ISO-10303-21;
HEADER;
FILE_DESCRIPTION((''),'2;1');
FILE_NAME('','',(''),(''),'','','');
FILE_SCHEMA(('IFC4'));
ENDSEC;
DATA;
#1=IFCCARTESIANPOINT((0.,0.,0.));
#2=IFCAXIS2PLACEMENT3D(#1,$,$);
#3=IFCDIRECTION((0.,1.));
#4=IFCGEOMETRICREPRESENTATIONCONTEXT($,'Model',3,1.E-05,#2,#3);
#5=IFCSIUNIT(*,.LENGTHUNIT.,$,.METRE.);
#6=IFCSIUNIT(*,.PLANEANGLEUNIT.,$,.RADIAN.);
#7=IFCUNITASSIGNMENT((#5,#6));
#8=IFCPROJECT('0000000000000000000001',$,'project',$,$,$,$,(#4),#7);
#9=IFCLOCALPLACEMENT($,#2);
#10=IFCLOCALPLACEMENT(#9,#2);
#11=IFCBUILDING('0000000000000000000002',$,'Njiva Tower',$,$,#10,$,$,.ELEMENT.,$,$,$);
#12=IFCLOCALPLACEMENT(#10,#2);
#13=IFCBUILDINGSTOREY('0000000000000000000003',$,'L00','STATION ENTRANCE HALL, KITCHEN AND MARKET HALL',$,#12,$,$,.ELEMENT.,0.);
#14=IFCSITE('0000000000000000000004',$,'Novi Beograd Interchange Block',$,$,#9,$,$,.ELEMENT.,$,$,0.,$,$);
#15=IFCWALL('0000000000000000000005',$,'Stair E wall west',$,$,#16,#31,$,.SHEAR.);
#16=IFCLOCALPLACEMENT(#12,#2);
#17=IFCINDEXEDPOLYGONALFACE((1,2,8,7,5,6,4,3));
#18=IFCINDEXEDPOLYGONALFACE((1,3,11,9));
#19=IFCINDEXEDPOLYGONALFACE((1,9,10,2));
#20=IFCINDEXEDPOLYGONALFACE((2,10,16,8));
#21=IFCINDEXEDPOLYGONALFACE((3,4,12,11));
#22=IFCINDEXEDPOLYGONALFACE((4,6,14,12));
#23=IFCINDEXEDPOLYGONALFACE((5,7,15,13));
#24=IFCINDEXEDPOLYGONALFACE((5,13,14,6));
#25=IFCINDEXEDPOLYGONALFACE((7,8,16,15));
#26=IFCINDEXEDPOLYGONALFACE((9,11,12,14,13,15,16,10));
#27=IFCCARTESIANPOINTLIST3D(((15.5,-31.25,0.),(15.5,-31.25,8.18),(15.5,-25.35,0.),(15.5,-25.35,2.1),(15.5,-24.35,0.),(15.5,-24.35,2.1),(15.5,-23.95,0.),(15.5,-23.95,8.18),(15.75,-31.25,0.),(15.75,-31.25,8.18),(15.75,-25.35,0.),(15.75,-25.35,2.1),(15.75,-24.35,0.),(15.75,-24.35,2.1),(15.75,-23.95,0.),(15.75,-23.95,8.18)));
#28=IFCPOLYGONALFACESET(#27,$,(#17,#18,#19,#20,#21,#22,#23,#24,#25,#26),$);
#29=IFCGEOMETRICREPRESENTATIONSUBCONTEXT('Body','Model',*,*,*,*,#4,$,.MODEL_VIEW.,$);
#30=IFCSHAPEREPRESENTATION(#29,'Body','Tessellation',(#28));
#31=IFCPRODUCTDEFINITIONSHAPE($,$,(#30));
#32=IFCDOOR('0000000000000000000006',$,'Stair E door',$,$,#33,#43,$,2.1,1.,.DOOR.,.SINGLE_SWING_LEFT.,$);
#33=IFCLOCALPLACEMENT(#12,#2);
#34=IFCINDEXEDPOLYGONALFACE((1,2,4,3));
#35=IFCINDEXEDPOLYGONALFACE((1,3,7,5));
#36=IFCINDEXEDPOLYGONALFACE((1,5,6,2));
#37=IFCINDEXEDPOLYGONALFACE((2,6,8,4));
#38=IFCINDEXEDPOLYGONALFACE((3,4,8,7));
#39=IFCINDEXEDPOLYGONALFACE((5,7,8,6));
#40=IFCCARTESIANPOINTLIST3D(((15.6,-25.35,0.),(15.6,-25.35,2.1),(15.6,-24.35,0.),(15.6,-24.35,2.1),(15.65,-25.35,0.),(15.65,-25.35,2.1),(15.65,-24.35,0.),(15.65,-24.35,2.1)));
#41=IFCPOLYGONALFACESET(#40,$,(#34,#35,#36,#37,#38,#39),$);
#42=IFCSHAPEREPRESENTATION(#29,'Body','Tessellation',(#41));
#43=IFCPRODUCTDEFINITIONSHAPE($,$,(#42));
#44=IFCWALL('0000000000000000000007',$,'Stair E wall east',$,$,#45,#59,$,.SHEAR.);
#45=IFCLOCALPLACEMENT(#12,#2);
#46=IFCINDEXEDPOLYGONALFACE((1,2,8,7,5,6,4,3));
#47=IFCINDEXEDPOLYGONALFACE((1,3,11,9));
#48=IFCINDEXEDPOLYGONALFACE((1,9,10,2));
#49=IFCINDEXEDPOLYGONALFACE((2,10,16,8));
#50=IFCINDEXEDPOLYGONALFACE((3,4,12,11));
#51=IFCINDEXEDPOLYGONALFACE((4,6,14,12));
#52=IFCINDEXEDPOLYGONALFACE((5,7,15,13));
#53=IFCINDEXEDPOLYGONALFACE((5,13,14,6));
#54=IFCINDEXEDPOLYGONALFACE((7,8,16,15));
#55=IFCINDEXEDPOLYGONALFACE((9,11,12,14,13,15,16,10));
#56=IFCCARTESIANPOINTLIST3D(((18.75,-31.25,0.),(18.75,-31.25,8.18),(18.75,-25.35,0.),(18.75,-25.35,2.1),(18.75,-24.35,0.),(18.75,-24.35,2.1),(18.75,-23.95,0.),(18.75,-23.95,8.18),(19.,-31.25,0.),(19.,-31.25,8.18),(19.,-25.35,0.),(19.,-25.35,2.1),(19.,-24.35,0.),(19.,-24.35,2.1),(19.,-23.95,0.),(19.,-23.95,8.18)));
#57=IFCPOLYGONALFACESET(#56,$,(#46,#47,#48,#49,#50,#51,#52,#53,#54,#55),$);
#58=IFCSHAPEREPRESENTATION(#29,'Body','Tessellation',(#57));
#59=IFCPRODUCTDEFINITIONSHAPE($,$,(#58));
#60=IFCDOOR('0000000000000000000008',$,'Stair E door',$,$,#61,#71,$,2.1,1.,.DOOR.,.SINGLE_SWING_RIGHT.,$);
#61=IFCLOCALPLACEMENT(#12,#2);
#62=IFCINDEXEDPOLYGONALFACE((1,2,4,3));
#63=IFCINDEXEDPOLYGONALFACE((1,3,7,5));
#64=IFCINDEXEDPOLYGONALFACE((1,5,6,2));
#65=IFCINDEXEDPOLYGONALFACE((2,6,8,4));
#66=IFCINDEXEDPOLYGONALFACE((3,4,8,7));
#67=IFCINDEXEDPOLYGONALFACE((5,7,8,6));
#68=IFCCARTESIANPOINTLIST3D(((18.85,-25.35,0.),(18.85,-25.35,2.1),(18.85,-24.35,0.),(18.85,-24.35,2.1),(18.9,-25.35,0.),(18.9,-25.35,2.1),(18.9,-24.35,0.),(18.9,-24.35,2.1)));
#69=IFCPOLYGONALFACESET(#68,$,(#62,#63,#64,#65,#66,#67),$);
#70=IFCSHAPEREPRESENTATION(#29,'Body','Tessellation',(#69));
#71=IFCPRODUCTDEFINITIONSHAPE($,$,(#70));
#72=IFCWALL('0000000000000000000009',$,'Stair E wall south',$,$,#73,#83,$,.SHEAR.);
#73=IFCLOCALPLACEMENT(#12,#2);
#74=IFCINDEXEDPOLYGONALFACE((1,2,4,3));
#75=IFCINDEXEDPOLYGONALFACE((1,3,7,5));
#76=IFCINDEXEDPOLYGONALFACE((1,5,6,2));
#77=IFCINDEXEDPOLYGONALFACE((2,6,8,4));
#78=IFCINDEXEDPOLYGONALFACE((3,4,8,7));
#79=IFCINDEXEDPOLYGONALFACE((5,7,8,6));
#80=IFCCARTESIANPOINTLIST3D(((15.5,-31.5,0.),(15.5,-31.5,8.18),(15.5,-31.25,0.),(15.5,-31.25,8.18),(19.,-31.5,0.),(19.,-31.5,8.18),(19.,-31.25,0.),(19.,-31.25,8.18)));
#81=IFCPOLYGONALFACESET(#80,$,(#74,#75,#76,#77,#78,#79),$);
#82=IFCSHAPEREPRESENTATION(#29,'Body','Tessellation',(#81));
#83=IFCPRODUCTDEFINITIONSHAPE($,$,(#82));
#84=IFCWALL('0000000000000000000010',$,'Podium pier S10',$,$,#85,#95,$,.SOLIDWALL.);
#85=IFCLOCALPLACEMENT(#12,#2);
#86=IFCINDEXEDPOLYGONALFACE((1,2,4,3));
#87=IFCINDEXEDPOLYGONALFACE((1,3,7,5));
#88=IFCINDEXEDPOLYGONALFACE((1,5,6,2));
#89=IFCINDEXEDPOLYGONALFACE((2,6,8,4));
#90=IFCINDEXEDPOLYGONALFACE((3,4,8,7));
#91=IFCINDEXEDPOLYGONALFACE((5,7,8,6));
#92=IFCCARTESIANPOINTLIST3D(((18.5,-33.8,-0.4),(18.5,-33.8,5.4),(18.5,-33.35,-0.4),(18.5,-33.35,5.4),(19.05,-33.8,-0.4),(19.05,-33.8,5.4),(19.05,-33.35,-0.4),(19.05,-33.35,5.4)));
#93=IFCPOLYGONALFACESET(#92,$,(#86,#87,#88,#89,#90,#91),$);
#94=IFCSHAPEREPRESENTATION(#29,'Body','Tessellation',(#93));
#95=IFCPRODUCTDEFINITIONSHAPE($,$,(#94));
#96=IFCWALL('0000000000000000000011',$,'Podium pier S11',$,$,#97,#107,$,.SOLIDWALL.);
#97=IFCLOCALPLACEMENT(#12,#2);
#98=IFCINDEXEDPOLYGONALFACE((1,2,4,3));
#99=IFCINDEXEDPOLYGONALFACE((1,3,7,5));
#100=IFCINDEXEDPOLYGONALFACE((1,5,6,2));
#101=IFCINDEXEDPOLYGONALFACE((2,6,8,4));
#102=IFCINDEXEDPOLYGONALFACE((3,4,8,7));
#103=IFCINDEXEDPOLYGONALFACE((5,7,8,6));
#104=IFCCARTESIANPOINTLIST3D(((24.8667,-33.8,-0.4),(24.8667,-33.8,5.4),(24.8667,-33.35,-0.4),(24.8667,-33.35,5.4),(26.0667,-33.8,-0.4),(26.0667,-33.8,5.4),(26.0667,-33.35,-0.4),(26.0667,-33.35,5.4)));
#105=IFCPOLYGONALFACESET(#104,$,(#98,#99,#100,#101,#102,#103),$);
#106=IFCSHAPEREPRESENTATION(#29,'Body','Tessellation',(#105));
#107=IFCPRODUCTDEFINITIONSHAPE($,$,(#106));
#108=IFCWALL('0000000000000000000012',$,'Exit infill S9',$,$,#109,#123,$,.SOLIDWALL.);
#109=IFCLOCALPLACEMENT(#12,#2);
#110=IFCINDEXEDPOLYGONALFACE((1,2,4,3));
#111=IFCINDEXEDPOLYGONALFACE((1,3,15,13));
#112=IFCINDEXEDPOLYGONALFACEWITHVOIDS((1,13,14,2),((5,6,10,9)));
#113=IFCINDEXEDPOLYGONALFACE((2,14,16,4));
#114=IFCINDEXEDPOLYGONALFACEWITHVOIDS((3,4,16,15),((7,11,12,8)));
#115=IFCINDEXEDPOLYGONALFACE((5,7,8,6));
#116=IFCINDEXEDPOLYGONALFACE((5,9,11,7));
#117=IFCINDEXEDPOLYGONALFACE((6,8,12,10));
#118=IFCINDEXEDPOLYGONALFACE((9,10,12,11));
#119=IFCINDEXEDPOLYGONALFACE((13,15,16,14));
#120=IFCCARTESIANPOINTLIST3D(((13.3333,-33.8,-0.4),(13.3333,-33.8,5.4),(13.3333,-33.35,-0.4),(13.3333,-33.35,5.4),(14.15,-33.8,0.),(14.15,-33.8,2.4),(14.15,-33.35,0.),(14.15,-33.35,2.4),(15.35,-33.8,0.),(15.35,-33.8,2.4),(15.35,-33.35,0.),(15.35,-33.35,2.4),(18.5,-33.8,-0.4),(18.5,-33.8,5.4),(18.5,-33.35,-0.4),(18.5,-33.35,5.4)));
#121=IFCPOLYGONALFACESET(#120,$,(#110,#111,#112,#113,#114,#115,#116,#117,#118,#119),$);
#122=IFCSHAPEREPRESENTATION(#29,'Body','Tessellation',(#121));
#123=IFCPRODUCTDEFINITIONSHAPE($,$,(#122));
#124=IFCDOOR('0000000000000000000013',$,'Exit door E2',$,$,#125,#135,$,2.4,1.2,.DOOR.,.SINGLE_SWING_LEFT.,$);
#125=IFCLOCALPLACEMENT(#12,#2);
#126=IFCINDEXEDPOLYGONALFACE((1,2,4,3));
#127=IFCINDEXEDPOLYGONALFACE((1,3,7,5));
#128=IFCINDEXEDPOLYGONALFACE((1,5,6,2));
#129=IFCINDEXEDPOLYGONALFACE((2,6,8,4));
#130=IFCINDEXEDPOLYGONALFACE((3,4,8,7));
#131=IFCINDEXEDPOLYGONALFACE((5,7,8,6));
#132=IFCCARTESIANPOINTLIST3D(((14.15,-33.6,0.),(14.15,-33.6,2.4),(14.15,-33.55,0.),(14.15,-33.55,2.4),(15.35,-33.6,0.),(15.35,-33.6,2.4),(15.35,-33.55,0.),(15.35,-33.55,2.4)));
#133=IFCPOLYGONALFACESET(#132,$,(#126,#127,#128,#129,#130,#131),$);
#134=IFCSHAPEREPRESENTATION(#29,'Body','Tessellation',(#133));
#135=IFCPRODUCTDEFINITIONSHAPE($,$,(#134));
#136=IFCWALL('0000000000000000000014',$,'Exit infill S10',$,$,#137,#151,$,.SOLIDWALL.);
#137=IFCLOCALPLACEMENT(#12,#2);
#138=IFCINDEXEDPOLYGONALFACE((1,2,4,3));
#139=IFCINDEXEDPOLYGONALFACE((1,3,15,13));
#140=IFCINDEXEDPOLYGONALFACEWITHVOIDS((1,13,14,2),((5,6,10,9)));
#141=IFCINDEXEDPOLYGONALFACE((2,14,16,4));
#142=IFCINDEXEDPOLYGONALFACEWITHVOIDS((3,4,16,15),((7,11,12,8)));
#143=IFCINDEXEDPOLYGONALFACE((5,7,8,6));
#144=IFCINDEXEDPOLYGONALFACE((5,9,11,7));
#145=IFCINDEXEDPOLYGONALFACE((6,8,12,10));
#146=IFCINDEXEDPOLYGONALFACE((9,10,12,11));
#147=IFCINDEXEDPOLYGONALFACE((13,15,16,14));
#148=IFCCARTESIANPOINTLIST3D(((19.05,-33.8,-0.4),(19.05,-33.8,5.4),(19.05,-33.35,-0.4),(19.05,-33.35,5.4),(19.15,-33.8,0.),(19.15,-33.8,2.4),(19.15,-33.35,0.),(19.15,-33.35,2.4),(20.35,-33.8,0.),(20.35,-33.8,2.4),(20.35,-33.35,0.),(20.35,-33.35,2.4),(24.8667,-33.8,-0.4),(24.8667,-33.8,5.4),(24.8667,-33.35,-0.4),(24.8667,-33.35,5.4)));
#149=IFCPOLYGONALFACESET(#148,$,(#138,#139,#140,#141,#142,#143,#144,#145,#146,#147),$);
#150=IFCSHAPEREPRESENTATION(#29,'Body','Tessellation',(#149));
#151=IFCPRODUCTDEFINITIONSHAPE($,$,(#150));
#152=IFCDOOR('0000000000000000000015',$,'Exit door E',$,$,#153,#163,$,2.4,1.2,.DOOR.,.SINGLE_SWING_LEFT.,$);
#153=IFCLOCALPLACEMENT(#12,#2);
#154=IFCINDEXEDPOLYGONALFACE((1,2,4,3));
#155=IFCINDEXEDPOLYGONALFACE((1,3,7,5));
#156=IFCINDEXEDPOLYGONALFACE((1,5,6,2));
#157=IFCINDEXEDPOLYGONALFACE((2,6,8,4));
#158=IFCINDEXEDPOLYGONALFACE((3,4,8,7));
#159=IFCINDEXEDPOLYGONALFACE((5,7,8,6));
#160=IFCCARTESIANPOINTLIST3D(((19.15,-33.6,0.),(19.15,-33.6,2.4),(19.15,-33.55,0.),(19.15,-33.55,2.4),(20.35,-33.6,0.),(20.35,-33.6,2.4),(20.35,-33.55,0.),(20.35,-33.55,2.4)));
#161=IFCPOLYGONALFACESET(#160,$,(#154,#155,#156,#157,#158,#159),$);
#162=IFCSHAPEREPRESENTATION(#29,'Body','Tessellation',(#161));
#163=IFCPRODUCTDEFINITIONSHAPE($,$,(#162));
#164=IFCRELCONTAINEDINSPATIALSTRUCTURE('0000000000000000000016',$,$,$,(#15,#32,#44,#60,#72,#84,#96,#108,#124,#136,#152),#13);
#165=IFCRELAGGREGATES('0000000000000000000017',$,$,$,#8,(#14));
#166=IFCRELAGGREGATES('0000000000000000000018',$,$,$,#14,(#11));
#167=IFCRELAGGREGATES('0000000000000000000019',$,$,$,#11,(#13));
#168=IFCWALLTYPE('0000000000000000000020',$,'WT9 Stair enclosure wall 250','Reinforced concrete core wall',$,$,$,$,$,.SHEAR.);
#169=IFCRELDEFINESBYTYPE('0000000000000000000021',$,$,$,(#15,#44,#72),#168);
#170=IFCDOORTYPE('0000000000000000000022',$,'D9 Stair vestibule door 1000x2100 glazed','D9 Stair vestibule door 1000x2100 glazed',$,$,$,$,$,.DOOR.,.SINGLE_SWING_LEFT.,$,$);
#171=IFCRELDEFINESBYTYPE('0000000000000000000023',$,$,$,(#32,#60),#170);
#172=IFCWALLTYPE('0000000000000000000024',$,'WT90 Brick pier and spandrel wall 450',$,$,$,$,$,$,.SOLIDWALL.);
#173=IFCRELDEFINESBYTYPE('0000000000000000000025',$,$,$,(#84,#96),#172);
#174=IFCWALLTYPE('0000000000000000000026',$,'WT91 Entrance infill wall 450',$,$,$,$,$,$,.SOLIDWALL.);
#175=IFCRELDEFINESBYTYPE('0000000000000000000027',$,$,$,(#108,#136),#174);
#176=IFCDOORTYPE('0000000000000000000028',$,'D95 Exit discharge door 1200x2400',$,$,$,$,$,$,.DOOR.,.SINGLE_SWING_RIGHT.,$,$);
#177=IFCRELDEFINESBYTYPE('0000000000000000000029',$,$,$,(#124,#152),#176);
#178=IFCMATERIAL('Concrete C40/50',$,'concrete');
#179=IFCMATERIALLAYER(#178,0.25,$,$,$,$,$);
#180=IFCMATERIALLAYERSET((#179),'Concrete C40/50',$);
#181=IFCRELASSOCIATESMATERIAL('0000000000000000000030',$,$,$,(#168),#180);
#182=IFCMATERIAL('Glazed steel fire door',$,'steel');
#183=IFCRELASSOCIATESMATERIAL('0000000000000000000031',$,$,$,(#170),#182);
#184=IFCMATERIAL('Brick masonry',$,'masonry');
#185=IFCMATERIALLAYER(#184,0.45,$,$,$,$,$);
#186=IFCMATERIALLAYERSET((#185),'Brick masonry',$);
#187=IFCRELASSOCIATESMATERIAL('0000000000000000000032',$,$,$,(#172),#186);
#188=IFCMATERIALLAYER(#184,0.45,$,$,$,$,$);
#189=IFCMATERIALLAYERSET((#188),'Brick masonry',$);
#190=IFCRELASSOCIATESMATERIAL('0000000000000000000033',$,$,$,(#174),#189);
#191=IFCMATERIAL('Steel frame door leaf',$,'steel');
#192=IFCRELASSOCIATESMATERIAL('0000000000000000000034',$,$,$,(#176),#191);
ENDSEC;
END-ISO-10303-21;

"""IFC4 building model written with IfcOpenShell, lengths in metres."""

from ifc_helpers import new_model, si_unit, direction, frame, frame_2d, origin, place, context, subcontext, project, spatial, polyline, rectangle, outline, extrude, material, layer, layer_set, type_object, element, fill, save


model = new_model("IFC4")

# Units and contexts
model_context = context("Model", 3, precision=1e-05, world=origin(), true_north=direction((0.0, 1.0)))
body_context = subcontext(model_context, "Body", "Model", "MODEL_VIEW")
ifc_project = project(units=[si_unit("LENGTHUNIT", "METRE"), si_unit("PLANEANGLEUNIT", "RADIAN")], contexts=[model_context])

# Site, building, storey
site_placement = place(None, origin())
site = spatial("IfcSite", under=ifc_project, at=site_placement, Name="Novi Beograd Interchange Block", CompositionType="ELEMENT", RefElevation=0.0)
building_placement = place(site_placement, origin())
building = spatial("IfcBuilding", under=site, at=building_placement, Name="Njiva Tower", CompositionType="ELEMENT")
storey_placement = place(building_placement, origin())
storey = spatial("IfcBuildingStorey", under=building, at=storey_placement, Name="L00", Description="STATION ENTRANCE HALL, KITCHEN AND MARKET HALL", CompositionType="ELEMENT", Elevation=0.0)

# Shared definitions
ifc_material_1 = material(Name="Glazed steel fire door", Category="steel")

# Walls, openings, doors
ifc_material_2 = material(Name="Concrete C40/50", Category="concrete")
ifc_layer_1 = layer(ifc_material_2, 0.25)
ifc_layer_set_1 = layer_set([ifc_layer_1], Name="Concrete C40/50")
wall_type_1 = type_object("IfcWallType", Name="WT9 Stair enclosure wall 250", Description="Reinforced concrete core wall", PredefinedType="SHEAR", material=ifc_layer_set_1)
wall_1_placement = place(storey_placement, frame((15.625, -31.25, 0.0), z_axis=(0.0, 0.0, 1.0), x_axis=(0.0, 1.0, 0.0)))
wall_1 = element("IfcWall", 1, at=wall_1_placement, inside=storey, type_object=wall_type_1, Name="Stair E wall west", PredefinedType="SHEAR", context=body_context, shape_type="SweptSolid", body=[
    extrude(rectangle(XDim=7.3, YDim=0.25, at=frame_2d((3.65, 0.0))), origin(), (0.0, 0.0, 1.0), 8.18),
])
opening_1_placement = place(wall_1_placement, frame((5.9, 0.0, 0.0)))
opening_1 = element("IfcOpeningElement", 2, at=opening_1_placement, cuts=wall_1, PredefinedType="OPENING", context=body_context, shape_type="SweptSolid", body=[
    extrude(rectangle(XDim=1.0, YDim=2.1, at=frame_2d((0.5, 1.05))), frame((0.0, 0.135, 0.0), z_axis=(0.0, -1.0, 0.0), x_axis=(1.0, 0.0, 0.0)), (0.0, 0.0, 1.0), 0.27),
])
door_type_1 = type_object("IfcDoorType", Name="D9 Stair vestibule door 1000x2100 glazed", Description="D9 Stair vestibule door 1000x2100 glazed", OperationType="SINGLE_SWING_LEFT", PredefinedType="DOOR", material=ifc_material_1)
door_1_placement = place(opening_1_placement, origin())
door_1 = element("IfcDoor", 3, at=door_1_placement, inside=storey, type_object=door_type_1, Name="Stair E door", OperationType="SINGLE_SWING_LEFT", OverallHeight=2.1, OverallWidth=1.0, PredefinedType="DOOR", context=body_context, shape_type="SweptSolid", body=[
    extrude(rectangle(XDim=1.0, YDim=2.1, at=frame_2d((0.5, 1.05))), frame((0.0, 0.025, 0.0), z_axis=(0.0, -1.0, 0.0), x_axis=(1.0, 0.0, 0.0)), (0.0, 0.0, 1.0), 0.05),
])
fill(opening_1, door_1)
wall_2_placement = place(storey_placement, frame((18.875, -31.25, 0.0), z_axis=(0.0, 0.0, 1.0), x_axis=(0.0, 1.0, 0.0)))
wall_2 = element("IfcWall", 4, at=wall_2_placement, inside=storey, type_object=wall_type_1, Name="Stair E wall east", PredefinedType="SHEAR", context=body_context, shape_type="SweptSolid", body=[
    extrude(rectangle(XDim=7.3, YDim=0.25, at=frame_2d((3.65, 0.0))), origin(), (0.0, 0.0, 1.0), 8.18),
])
opening_2_placement = place(wall_2_placement, frame((5.9, 0.0, 0.0)))
opening_2 = element("IfcOpeningElement", 5, at=opening_2_placement, cuts=wall_2, PredefinedType="OPENING", context=body_context, shape_type="SweptSolid", body=[
    extrude(rectangle(XDim=1.0, YDim=2.1, at=frame_2d((0.5, 1.05))), frame((0.0, 0.135, 0.0), z_axis=(0.0, -1.0, 0.0), x_axis=(1.0, 0.0, 0.0)), (0.0, 0.0, 1.0), 0.27),
])
door_2_placement = place(opening_2_placement, origin())
door_2 = element("IfcDoor", 6, at=door_2_placement, inside=storey, type_object=door_type_1, Name="Stair E door", OperationType="SINGLE_SWING_RIGHT", OverallHeight=2.1, OverallWidth=1.0, PredefinedType="DOOR", context=body_context, shape_type="SweptSolid", body=[
    extrude(rectangle(XDim=1.0, YDim=2.1, at=frame_2d((0.5, 1.05))), frame((0.0, 0.025, 0.0), z_axis=(0.0, -1.0, 0.0), x_axis=(1.0, 0.0, 0.0)), (0.0, 0.0, 1.0), 0.05),
])
fill(opening_2, door_2)

# Walls
wall_3_placement = place(storey_placement, frame((15.5, -31.375, 0.0), z_axis=(0.0, 0.0, 1.0), x_axis=(1.0, 0.0, 0.0)))
element("IfcWall", 7, at=wall_3_placement, inside=storey, type_object=wall_type_1, Name="Stair E wall south", PredefinedType="SHEAR", context=body_context, shape_type="SweptSolid", body=[
    extrude(rectangle(XDim=3.5, YDim=0.25, at=frame_2d((1.75, 0.0))), origin(), (0.0, 0.0, 1.0), 8.18),
])
ifc_material_3 = material(Name="Brick masonry", Category="masonry")
ifc_layer_2 = layer(ifc_material_3, 0.45)
ifc_layer_set_2 = layer_set([ifc_layer_2], Name="Brick masonry")
wall_type_2 = type_object("IfcWallType", Name="WT90 Brick pier and spandrel wall 450", PredefinedType="SOLIDWALL", material=ifc_layer_set_2)
wall_4_placement = place(storey_placement, frame((18.5, -33.575, -0.4), z_axis=(0.0, 0.0, 1.0), x_axis=(1.0, 0.0, 0.0)))
element("IfcWall", 8, at=wall_4_placement, inside=storey, type_object=wall_type_2, Name="Podium pier S10", PredefinedType="SOLIDWALL", context=body_context, shape_type="SweptSolid", body=[
    extrude(outline(polyline([(0.0, -0.225), (0.55, -0.225), (0.55, 0.225), (0.0, 0.225), (0.0, -0.225)])), origin(), (0.0, 0.0, 1.0), 5.8),
])
wall_5_placement = place(storey_placement, frame((24.8667, -33.575, -0.4), z_axis=(0.0, 0.0, 1.0), x_axis=(1.0, 0.0, 0.0)))
element("IfcWall", 9, at=wall_5_placement, inside=storey, type_object=wall_type_2, Name="Podium pier S11", PredefinedType="SOLIDWALL", context=body_context, shape_type="SweptSolid", body=[
    extrude(outline(polyline([(0.0, -0.225), (1.2, -0.225), (1.2, 0.225), (0.0, 0.225), (0.0, -0.225)])), origin(), (0.0, 0.0, 1.0), 5.8),
])

# Walls, openings, doors
ifc_layer_3 = layer(ifc_material_3, 0.45)
ifc_layer_set_3 = layer_set([ifc_layer_3], Name="Brick masonry")
wall_type_3 = type_object("IfcWallType", Name="WT91 Entrance infill wall 450", PredefinedType="SOLIDWALL", material=ifc_layer_set_3)
wall_6_placement = place(storey_placement, frame((13.3333, -33.575, -0.4), z_axis=(0.0, 0.0, 1.0), x_axis=(1.0, 0.0, 0.0)))
wall_6 = element("IfcWall", 10, at=wall_6_placement, inside=storey, type_object=wall_type_3, Name="Exit infill S9", PredefinedType="SOLIDWALL", context=body_context, shape_type="SweptSolid", body=[
    extrude(outline(polyline([(0.0, -0.225), (5.1667, -0.225), (5.1667, 0.225), (0.0, 0.225), (0.0, -0.225)])), origin(), (0.0, 0.0, 1.0), 5.8),
])
opening_3_placement = place(wall_6_placement, frame((0.8167, 0.0, 0.4)))
opening_3 = element("IfcOpeningElement", 11, at=opening_3_placement, cuts=wall_6, PredefinedType="OPENING", context=body_context, shape_type="SweptSolid", body=[
    extrude(rectangle(XDim=1.2, YDim=2.4, at=frame_2d((0.6, 1.2))), frame((0.0, 0.235, 0.0), z_axis=(0.0, -1.0, 0.0), x_axis=(1.0, 0.0, 0.0)), (0.0, 0.0, 1.0), 0.47),
])
ifc_material_4 = material(Name="Steel frame door leaf", Category="steel")
door_type_2 = type_object("IfcDoorType", Name="D95 Exit discharge door 1200x2400", OperationType="SINGLE_SWING_RIGHT", PredefinedType="DOOR", material=ifc_material_4)
door_3_placement = place(opening_3_placement, frame((1.2, 0.0, 0.0), z_axis=(0.0, 0.0, 1.0), x_axis=(-1.0, 0.0, 0.0)))
door_3 = element("IfcDoor", 12, at=door_3_placement, inside=storey, type_object=door_type_2, Name="Exit door E2", OperationType="SINGLE_SWING_LEFT", OverallHeight=2.4, OverallWidth=1.2, PredefinedType="DOOR", context=body_context, shape_type="SweptSolid", body=[
    extrude(rectangle(XDim=1.2, YDim=2.4, at=frame_2d((0.6, 1.2))), frame((0.0, 0.025, 0.0), z_axis=(0.0, -1.0, 0.0), x_axis=(1.0, 0.0, 0.0)), (0.0, 0.0, 1.0), 0.05),
])
fill(opening_3, door_3)
wall_7_placement = place(storey_placement, frame((19.05, -33.575, -0.4), z_axis=(0.0, 0.0, 1.0), x_axis=(1.0, 0.0, 0.0)))
wall_7 = element("IfcWall", 13, at=wall_7_placement, inside=storey, type_object=wall_type_3, Name="Exit infill S10", PredefinedType="SOLIDWALL", context=body_context, shape_type="SweptSolid", body=[
    extrude(outline(polyline([(0.0, -0.225), (5.8167, -0.225), (5.8167, 0.225), (0.0, 0.225), (0.0, -0.225)])), origin(), (0.0, 0.0, 1.0), 5.8),
])
opening_4_placement = place(wall_7_placement, frame((0.1, 0.0, 0.4)))
opening_4 = element("IfcOpeningElement", 14, at=opening_4_placement, cuts=wall_7, PredefinedType="OPENING", context=body_context, shape_type="SweptSolid", body=[
    extrude(rectangle(XDim=1.2, YDim=2.4, at=frame_2d((0.6, 1.2))), frame((0.0, 0.235, 0.0), z_axis=(0.0, -1.0, 0.0), x_axis=(1.0, 0.0, 0.0)), (0.0, 0.0, 1.0), 0.47),
])
door_4_placement = place(opening_4_placement, frame((1.2, 0.0, 0.0), z_axis=(0.0, 0.0, 1.0), x_axis=(-1.0, 0.0, 0.0)))
door_4 = element("IfcDoor", 15, at=door_4_placement, inside=storey, type_object=door_type_2, Name="Exit door E", OperationType="SINGLE_SWING_LEFT", OverallHeight=2.4, OverallWidth=1.2, PredefinedType="DOOR", context=body_context, shape_type="SweptSolid", body=[
    extrude(rectangle(XDim=1.2, YDim=2.4, at=frame_2d((0.6, 1.2))), frame((0.0, 0.025, 0.0), z_axis=(0.0, -1.0, 0.0), x_axis=(1.0, 0.0, 0.0)), (0.0, 0.0, 1.0), 0.05),
])
fill(opening_4, door_4)

save(model, "model.ifc")
